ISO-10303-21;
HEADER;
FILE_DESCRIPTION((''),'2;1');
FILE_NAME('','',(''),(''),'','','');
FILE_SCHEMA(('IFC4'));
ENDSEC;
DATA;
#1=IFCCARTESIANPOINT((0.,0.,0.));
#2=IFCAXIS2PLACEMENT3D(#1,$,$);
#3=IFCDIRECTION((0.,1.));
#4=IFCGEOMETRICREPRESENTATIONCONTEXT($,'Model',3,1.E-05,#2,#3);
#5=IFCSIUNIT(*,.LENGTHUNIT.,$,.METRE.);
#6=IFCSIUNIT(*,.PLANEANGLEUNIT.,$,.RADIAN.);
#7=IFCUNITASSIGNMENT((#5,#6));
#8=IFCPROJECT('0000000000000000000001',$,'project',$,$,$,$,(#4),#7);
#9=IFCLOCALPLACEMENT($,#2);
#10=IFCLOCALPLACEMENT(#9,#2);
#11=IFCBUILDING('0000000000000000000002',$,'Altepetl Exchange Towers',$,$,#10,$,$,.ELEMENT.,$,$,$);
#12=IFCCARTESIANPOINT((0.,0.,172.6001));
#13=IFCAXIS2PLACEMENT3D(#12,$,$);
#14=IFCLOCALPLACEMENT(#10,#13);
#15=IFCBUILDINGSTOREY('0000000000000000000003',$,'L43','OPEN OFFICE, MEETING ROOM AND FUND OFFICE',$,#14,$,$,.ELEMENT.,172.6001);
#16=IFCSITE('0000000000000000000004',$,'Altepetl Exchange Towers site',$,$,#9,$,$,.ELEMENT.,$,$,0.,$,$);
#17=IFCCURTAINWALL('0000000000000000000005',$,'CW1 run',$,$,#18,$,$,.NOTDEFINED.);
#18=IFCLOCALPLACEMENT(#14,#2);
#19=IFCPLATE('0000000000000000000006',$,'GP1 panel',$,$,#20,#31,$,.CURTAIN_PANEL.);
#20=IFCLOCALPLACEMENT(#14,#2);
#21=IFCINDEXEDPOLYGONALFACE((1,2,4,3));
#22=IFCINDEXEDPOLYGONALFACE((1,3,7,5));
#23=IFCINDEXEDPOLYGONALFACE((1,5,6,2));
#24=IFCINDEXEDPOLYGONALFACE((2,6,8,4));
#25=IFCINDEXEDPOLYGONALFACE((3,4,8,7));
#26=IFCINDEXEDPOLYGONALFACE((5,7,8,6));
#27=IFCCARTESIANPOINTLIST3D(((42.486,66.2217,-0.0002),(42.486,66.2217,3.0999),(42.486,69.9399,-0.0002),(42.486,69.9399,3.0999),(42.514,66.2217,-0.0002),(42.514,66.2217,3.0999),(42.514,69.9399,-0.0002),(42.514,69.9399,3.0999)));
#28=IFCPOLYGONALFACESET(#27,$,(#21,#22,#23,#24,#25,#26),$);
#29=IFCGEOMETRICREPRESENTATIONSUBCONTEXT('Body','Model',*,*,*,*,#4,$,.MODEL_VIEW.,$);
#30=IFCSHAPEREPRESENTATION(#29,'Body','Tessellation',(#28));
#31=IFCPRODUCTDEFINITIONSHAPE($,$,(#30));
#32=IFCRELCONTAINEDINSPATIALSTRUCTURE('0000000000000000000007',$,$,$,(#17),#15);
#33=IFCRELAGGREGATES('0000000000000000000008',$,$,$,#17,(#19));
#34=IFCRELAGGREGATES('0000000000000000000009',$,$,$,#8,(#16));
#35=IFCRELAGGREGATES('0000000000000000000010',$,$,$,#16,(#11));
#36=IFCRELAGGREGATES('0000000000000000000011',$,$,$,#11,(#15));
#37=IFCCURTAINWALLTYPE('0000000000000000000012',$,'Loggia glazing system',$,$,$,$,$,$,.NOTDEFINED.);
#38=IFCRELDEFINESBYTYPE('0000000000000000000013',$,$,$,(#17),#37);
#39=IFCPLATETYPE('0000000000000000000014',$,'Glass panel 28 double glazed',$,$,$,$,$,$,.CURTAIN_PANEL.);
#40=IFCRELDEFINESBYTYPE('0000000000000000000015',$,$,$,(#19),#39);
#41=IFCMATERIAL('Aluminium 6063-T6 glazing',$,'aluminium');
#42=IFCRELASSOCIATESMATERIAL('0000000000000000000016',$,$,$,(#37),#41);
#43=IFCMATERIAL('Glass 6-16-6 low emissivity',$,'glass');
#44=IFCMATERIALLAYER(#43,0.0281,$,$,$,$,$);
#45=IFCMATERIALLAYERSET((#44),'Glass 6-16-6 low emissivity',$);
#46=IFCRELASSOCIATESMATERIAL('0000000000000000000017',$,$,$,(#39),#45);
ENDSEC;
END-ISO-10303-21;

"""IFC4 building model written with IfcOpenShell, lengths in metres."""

from ifc_helpers import new_model, si_unit, direction, frame, origin, origin_2d, place, context, subcontext, project, spatial, rectangle, extrude, material, layer, layer_set, type_object, element, aggregate, save


model = new_model("IFC4")

# Units and contexts
model_context = context("Model", 3, precision=1e-05, world=origin(), true_north=direction((0.0, 1.0)))
body_context = subcontext(model_context, "Body", "Model", "MODEL_VIEW")
ifc_project = project(units=[si_unit("LENGTHUNIT", "METRE"), si_unit("PLANEANGLEUNIT", "RADIAN")], contexts=[model_context])

# Site, building, storey
site_placement = place(None, origin())
site = spatial("IfcSite", under=ifc_project, at=site_placement, Name="Altepetl Exchange Towers site", CompositionType="ELEMENT", RefElevation=0.0)
building_placement = place(site_placement, origin())
building = spatial("IfcBuilding", under=site, at=building_placement, Name="Altepetl Exchange Towers", CompositionType="ELEMENT")
storey_placement = place(building_placement, frame((0.0, 0.0, 172.6001)))
storey = spatial("IfcBuildingStorey", under=building, at=storey_placement, Name="L43", Description="OPEN OFFICE, MEETING ROOM AND FUND OFFICE", CompositionType="ELEMENT", Elevation=172.6001)

# Curtain wall
ifc_material_1 = material(Name="Aluminium 6063-T6 glazing", Category="aluminium")
curtain_wall_type = type_object("IfcCurtainWallType", Name="Loggia glazing system", PredefinedType="NOTDEFINED", material=ifc_material_1)
curtain_wall_1_placement = place(storey_placement, origin())
curtain_wall_1 = element("IfcCurtainWall", 1, at=curtain_wall_1_placement, inside=storey, type_object=curtain_wall_type, Name="CW1 run", PredefinedType="NOTDEFINED")

# Plate
ifc_material_2 = material(Name="Glass 6-16-6 low emissivity", Category="glass")
ifc_layer = layer(ifc_material_2, 0.0281)
ifc_layer_set = layer_set([ifc_layer], Name="Glass 6-16-6 low emissivity")
plate_type = type_object("IfcPlateType", Name="Glass panel 28 double glazed", PredefinedType="CURTAIN_PANEL", material=ifc_layer_set)
plate_1_placement = place(storey_placement, frame((42.5, 68.0808, -0.0002), z_axis=(0.0, 0.0, 1.0), x_axis=(0.0, -1.0, 0.0)))
plate_1 = element("IfcPlate", 2, at=plate_1_placement, type_object=plate_type, Name="GP1 panel", PredefinedType="CURTAIN_PANEL", context=body_context, shape_type="SweptSolid", body=[
    extrude(rectangle(XDim=3.7183, YDim=0.0281, at=origin_2d()), origin(), (0.0, 0.0, 1.0), 3.1001),
])
aggregate(curtain_wall_1, [plate_1])

save(model, "model.ifc")
